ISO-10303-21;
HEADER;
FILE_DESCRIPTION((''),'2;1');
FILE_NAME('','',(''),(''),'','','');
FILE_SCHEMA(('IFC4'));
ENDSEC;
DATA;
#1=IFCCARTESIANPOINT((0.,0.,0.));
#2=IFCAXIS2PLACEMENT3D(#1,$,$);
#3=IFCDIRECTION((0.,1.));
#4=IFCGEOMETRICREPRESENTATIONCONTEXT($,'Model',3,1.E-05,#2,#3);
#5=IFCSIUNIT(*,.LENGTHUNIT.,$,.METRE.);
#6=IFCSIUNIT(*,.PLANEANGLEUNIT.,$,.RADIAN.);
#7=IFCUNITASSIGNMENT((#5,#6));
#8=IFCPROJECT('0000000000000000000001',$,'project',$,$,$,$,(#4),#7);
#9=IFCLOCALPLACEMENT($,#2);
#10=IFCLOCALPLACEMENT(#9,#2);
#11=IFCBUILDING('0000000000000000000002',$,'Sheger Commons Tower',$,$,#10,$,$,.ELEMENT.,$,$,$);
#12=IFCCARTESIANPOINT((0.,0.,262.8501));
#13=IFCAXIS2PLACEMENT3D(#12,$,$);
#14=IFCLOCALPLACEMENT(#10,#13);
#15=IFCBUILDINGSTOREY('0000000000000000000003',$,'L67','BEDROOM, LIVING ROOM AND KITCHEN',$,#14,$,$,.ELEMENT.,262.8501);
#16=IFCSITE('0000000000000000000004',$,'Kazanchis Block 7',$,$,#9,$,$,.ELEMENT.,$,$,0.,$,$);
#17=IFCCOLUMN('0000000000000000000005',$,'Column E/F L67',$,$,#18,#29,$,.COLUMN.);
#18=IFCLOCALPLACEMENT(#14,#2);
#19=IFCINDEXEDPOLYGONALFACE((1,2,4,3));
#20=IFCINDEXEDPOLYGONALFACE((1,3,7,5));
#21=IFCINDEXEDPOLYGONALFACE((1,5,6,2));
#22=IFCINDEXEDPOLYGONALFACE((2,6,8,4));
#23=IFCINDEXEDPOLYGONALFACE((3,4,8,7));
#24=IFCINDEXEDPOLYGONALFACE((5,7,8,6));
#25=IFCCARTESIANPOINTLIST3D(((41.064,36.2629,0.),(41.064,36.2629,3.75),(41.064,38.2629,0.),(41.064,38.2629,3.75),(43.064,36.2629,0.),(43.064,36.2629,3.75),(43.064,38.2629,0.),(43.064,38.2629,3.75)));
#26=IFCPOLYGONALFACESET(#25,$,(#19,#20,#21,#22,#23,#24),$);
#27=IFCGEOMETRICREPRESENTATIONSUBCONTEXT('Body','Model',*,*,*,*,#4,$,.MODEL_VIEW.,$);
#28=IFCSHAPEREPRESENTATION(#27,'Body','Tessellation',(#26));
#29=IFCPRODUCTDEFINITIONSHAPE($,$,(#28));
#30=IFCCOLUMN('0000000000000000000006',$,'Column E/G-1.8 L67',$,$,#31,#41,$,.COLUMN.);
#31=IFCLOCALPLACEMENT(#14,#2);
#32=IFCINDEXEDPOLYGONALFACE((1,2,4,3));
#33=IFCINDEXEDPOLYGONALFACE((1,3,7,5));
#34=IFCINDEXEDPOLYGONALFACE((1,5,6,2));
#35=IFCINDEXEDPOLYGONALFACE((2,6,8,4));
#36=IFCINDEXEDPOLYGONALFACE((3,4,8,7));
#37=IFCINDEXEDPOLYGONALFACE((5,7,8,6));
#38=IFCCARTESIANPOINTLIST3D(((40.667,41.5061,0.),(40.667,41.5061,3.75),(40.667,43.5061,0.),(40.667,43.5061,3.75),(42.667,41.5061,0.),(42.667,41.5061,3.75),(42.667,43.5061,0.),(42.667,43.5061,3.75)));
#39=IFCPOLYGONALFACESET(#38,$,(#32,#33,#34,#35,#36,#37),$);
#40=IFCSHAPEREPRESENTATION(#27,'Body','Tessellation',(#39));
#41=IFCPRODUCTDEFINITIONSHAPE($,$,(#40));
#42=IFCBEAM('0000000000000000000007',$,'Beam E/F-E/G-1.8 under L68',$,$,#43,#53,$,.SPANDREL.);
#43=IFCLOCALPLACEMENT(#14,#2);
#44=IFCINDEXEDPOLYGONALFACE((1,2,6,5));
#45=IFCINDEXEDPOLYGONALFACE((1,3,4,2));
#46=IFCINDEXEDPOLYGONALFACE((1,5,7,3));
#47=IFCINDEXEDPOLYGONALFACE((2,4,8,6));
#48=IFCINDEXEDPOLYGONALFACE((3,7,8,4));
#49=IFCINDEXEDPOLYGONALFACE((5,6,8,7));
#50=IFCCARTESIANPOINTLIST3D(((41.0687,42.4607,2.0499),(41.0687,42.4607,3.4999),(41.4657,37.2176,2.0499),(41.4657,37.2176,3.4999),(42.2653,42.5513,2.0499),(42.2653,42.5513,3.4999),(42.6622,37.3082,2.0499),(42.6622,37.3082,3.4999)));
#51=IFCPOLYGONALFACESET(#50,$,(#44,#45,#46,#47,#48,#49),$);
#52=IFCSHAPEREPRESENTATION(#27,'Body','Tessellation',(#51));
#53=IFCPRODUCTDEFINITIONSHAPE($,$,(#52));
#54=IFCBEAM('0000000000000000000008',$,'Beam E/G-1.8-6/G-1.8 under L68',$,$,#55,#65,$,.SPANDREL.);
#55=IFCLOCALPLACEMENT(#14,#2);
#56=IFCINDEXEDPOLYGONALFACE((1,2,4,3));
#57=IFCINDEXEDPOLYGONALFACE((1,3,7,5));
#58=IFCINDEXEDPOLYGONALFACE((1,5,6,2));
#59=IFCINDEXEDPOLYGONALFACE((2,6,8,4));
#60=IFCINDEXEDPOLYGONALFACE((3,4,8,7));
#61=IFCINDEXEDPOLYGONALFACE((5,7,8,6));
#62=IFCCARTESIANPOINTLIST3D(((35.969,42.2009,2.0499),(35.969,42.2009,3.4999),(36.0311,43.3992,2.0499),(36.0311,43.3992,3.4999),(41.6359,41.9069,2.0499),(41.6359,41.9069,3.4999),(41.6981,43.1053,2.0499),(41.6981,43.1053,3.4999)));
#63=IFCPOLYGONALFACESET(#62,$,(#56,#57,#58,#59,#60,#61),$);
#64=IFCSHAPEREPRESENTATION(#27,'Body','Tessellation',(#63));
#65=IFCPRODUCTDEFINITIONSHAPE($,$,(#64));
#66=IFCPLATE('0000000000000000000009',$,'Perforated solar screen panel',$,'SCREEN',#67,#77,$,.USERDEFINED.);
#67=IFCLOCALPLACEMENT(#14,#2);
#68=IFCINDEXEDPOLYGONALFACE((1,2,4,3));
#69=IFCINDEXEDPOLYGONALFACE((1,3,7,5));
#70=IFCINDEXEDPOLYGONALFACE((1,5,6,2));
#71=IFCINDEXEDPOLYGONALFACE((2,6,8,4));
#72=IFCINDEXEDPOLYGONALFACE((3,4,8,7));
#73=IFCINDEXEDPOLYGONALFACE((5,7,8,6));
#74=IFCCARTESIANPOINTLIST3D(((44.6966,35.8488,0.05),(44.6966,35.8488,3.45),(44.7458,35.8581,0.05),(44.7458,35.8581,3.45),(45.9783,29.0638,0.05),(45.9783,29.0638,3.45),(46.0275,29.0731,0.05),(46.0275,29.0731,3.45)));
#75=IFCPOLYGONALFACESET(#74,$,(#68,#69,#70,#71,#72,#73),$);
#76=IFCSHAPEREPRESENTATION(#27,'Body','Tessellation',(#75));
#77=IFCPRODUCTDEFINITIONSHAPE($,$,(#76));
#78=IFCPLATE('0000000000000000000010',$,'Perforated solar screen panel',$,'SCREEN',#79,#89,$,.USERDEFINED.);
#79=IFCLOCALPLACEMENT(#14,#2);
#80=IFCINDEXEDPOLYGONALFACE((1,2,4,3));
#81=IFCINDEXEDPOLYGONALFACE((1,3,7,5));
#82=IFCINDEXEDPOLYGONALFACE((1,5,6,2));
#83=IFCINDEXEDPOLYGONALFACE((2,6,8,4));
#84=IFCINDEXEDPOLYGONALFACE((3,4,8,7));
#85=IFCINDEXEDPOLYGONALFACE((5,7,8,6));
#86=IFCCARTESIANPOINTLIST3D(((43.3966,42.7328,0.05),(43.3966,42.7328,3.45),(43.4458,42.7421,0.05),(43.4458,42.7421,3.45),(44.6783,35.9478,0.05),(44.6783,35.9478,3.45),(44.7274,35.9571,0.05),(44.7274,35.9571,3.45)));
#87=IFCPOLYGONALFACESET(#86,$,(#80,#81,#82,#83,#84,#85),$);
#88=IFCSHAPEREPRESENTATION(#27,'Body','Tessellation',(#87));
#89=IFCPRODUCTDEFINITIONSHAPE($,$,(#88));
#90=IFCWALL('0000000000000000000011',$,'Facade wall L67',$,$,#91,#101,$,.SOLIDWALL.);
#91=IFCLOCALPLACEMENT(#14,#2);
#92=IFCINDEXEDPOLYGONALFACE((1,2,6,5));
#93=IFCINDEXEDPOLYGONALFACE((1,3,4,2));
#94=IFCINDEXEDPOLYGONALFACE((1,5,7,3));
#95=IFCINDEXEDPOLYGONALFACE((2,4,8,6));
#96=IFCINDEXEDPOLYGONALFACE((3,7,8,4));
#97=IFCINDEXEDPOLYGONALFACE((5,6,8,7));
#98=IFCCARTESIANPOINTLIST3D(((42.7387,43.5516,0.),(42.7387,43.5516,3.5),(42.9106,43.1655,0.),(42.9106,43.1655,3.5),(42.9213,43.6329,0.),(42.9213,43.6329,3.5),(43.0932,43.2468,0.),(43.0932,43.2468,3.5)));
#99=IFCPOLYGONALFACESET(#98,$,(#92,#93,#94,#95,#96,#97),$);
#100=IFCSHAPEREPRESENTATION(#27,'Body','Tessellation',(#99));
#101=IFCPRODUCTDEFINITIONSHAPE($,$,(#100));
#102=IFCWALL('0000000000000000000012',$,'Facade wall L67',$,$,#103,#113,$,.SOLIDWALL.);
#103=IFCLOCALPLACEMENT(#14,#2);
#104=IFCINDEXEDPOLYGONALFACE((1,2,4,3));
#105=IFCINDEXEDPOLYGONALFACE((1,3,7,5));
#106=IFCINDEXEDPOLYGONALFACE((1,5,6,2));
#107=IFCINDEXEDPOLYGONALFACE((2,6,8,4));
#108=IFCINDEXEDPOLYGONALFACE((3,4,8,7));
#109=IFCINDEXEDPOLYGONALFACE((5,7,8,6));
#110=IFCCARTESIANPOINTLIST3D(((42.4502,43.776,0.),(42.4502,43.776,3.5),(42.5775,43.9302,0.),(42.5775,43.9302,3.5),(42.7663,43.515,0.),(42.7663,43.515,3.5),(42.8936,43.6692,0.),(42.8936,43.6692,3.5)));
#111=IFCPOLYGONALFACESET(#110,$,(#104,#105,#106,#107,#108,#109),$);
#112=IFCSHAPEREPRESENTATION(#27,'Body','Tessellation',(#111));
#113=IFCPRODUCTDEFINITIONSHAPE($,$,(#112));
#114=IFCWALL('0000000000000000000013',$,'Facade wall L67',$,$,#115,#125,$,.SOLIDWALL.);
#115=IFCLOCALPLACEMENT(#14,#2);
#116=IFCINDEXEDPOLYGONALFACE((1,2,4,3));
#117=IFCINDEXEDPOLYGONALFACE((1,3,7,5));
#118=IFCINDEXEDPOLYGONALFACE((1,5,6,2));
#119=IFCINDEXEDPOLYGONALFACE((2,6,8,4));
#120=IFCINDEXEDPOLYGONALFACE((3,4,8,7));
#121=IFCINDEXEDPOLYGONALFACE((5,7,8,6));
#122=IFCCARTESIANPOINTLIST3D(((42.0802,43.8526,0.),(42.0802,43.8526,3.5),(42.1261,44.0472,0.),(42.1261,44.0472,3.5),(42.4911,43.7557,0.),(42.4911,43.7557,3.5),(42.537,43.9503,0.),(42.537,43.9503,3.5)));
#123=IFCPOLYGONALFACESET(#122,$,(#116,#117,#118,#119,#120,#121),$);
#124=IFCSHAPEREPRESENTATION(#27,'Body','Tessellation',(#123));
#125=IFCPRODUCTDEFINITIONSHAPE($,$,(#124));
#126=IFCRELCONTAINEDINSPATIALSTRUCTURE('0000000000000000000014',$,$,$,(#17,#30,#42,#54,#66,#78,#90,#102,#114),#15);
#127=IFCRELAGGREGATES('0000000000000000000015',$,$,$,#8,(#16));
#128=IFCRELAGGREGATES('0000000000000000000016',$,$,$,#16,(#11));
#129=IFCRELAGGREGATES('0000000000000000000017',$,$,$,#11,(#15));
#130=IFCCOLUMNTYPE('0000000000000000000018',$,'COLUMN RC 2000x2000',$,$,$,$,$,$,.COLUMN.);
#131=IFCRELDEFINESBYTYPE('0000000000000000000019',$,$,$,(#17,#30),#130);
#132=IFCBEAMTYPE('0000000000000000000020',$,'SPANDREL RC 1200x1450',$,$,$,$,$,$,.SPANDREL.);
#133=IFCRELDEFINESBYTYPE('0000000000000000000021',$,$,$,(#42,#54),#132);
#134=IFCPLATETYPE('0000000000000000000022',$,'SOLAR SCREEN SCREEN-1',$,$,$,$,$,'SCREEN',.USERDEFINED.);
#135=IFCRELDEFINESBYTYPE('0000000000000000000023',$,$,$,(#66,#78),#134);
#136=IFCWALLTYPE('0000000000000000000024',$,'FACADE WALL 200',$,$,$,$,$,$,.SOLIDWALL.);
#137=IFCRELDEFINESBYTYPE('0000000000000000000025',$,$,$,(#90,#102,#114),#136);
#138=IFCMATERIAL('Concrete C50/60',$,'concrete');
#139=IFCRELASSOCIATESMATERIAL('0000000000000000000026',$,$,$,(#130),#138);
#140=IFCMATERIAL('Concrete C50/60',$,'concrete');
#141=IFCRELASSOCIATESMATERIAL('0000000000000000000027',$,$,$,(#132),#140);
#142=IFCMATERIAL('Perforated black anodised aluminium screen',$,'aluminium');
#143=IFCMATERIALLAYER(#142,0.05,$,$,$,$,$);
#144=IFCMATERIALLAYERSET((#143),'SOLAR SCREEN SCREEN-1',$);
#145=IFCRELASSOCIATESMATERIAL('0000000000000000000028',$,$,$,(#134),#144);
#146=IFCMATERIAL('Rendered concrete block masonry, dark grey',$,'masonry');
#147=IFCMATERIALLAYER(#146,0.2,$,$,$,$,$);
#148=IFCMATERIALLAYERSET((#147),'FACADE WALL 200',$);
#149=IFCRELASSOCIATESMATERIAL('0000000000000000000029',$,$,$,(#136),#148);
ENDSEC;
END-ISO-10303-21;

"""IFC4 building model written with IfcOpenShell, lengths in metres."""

from ifc_helpers import new_model, si_unit, direction, frame, frame_2d, origin, origin_2d, place, context, subcontext, project, spatial, rectangle, extrude, material, layer, layer_set, material_profile, profile_set, type_object, element, save


model = new_model("IFC4")

# Units and contexts
model_context = context("Model", 3, precision=1e-05, world=origin(), true_north=direction((0.0, 1.0)))
body_context = subcontext(model_context, "Body", "Model", "MODEL_VIEW")
ifc_project = project(units=[si_unit("LENGTHUNIT", "METRE"), si_unit("PLANEANGLEUNIT", "RADIAN")], contexts=[model_context])

# Site, building, storey
site_placement = place(None, origin())
site = spatial("IfcSite", under=ifc_project, at=site_placement, Name="Kazanchis Block 7", CompositionType="ELEMENT", RefElevation=0.0)
building_placement = place(site_placement, origin())
building = spatial("IfcBuilding", under=site, at=building_placement, Name="Sheger Commons Tower", CompositionType="ELEMENT")
storey_placement = place(building_placement, frame((0.0, 0.0, 262.8501)))
storey = spatial("IfcBuildingStorey", under=building, at=storey_placement, Name="L67", Description="BEDROOM, LIVING ROOM AND KITCHEN", CompositionType="ELEMENT", Elevation=262.8501)

# Columns
ifc_material_1 = material(Name="Concrete C50/60", Category="concrete")
ifc_material_profile_1 = material_profile(ifc_material_1, rectangle(XDim=2.0, YDim=2.0, at=origin_2d()), Name="RC 2000x2000")
ifc_profile_set_1 = profile_set([ifc_material_profile_1], Name="Concrete C50/60")
column_type = type_object("IfcColumnType", Name="COLUMN RC 2000x2000", PredefinedType="COLUMN", material=ifc_profile_set_1)
for number, where, z_axis, x_axis, name in (
    (1, (42.064, 37.2629, 0.0), (0.0, 0.0, 1.0), (1.0, 0.0, 0.0), "Column E/F L67"),
    (2, (41.667, 42.5061, 0.0), (0.0, 0.0, 1.0), (1.0, 0.0, 0.0), "Column E/G-1.8 L67"),
):
    element("IfcColumn", number, at=place(storey_placement, frame(where, z_axis=z_axis, x_axis=x_axis)), inside=storey, type_object=column_type, Name=name, PredefinedType="COLUMN", context=body_context, shape_type="SweptSolid", body=[
        extrude(rectangle(XDim=2.0, YDim=2.0, at=origin_2d()), origin(), (0.0, 0.0, 1.0), 3.75),
    ])

# Beams
ifc_material_2 = material(Name="Concrete C50/60", Category="concrete")
ifc_material_profile_2 = material_profile(ifc_material_2, rectangle(XDim=1.2, YDim=1.45, at=origin_2d()), Name="RC 1200x1450")
ifc_profile_set_2 = profile_set([ifc_material_profile_2], Name="Concrete C50/60")
beam_type = type_object("IfcBeamType", Name="SPANDREL RC 1200x1450", PredefinedType="SPANDREL", material=ifc_profile_set_2)
beam_1_placement = place(storey_placement, frame((42.064, 37.2629, 2.7749), z_axis=(-0.075496, 0.997146, 0.0), x_axis=(-0.997146, -0.075496, 0.0)))
element("IfcBeam", 3, at=beam_1_placement, inside=storey, type_object=beam_type, Name="Beam E/F-E/G-1.8 under L68", PredefinedType="SPANDREL", context=body_context, shape_type="SweptSolid", body=[
    extrude(rectangle(XDim=1.2, YDim=1.45, at=origin_2d()), origin(), (0.0, 0.0, 1.0), 5.2581),
])
beam_2_placement = place(storey_placement, frame((41.667, 42.5061, 2.7749), z_axis=(-0.998657, 0.0518, 0.0), x_axis=(-0.0518, -0.998657, 0.0)))
element("IfcBeam", 4, at=beam_2_placement, inside=storey, type_object=beam_type, Name="Beam E/G-1.8-6/G-1.8 under L68", PredefinedType="SPANDREL", context=body_context, shape_type="SweptSolid", body=[
    extrude(rectangle(XDim=1.2, YDim=1.45, at=origin_2d()), origin(), (0.0, 0.0, 1.0), 5.6746),
])

# Plates
ifc_material_3 = material(Name="Perforated black anodised aluminium screen", Category="aluminium")
ifc_layer_1 = layer(ifc_material_3, 0.05)
ifc_layer_set_1 = layer_set([ifc_layer_1], Name="SOLAR SCREEN SCREEN-1")
plate_type = type_object("IfcPlateType", Name="SOLAR SCREEN SCREEN-1", ElementType="SCREEN", PredefinedType="USERDEFINED", material=ifc_layer_set_1)
for number, where, z_axis, x_axis, name in (
    (5, (45.3621, 32.4609, 0.05), (0.0, 0.0, 1.0), (-0.185615, 0.982623, 0.0), "Perforated solar screen panel"),
    (6, (44.062, 39.345, 0.05), (0.0, 0.0, 1.0), (-0.185615, 0.982623, 0.0), "Perforated solar screen panel"),
):
    element("IfcPlate", number, at=place(storey_placement, frame(where, z_axis=z_axis, x_axis=x_axis)), inside=storey, type_object=plate_type, Name=name, ObjectType="SCREEN", PredefinedType="USERDEFINED", context=body_context, shape_type="SweptSolid", body=[
        extrude(rectangle(XDim=6.905, YDim=0.05, at=origin_2d()), origin(), (0.0, 0.0, 1.0), 3.3999),
    ])

# Walls
ifc_material_4 = material(Name="Rendered concrete block masonry, dark grey", Category="masonry")
ifc_layer_2 = layer(ifc_material_4, 0.2)
ifc_layer_set_2 = layer_set([ifc_layer_2], Name="FACADE WALL 200")
wall_type_1 = type_object("IfcWallType", Name="FACADE WALL 200", PredefinedType="SOLIDWALL", material=ifc_layer_set_2)
wall_1_placement = place(storey_placement, frame((43.002, 43.2061, 0.0), z_axis=(0.0, 0.0, 1.0), x_axis=(-0.406782, 0.913525, 0.0)))
element("IfcWall", 7, at=wall_1_placement, inside=storey, type_object=wall_type_1, Name="Facade wall L67", PredefinedType="SOLIDWALL", context=body_context, shape_type="SweptSolid", body=[
    extrude(rectangle(XDim=0.4226, YDim=0.2, at=frame_2d((0.2114, 0.0))), origin(), (0.0, 0.0, 1.0), 3.5),
])
wall_2_placement = place(storey_placement, frame((42.8301, 43.592, 0.0), z_axis=(0.0, 0.0, 1.0), x_axis=(-0.771191, 0.636604, 0.0)))
element("IfcWall", 8, at=wall_2_placement, inside=storey, type_object=wall_type_1, Name="Facade wall L67", PredefinedType="SOLIDWALL", context=body_context, shape_type="SweptSolid", body=[
    extrude(rectangle(XDim=0.4099, YDim=0.2, at=frame_2d((0.2051, 0.0))), origin(), (0.0, 0.0, 1.0), 3.5),
])
wall_3_placement = place(storey_placement, frame((42.5139, 43.853, 0.0), z_axis=(0.0, 0.0, 1.0), x_axis=(-0.973288, 0.229587, 0.0)))
element("IfcWall", 9, at=wall_3_placement, inside=storey, type_object=wall_type_1, Name="Facade wall L67", PredefinedType="SOLIDWALL", context=body_context, shape_type="SweptSolid", body=[
    extrude(rectangle(XDim=0.4221, YDim=0.2, at=frame_2d((0.2109, 0.0))), origin(), (0.0, 0.0, 1.0), 3.5),
])

save(model, "model.ifc")
